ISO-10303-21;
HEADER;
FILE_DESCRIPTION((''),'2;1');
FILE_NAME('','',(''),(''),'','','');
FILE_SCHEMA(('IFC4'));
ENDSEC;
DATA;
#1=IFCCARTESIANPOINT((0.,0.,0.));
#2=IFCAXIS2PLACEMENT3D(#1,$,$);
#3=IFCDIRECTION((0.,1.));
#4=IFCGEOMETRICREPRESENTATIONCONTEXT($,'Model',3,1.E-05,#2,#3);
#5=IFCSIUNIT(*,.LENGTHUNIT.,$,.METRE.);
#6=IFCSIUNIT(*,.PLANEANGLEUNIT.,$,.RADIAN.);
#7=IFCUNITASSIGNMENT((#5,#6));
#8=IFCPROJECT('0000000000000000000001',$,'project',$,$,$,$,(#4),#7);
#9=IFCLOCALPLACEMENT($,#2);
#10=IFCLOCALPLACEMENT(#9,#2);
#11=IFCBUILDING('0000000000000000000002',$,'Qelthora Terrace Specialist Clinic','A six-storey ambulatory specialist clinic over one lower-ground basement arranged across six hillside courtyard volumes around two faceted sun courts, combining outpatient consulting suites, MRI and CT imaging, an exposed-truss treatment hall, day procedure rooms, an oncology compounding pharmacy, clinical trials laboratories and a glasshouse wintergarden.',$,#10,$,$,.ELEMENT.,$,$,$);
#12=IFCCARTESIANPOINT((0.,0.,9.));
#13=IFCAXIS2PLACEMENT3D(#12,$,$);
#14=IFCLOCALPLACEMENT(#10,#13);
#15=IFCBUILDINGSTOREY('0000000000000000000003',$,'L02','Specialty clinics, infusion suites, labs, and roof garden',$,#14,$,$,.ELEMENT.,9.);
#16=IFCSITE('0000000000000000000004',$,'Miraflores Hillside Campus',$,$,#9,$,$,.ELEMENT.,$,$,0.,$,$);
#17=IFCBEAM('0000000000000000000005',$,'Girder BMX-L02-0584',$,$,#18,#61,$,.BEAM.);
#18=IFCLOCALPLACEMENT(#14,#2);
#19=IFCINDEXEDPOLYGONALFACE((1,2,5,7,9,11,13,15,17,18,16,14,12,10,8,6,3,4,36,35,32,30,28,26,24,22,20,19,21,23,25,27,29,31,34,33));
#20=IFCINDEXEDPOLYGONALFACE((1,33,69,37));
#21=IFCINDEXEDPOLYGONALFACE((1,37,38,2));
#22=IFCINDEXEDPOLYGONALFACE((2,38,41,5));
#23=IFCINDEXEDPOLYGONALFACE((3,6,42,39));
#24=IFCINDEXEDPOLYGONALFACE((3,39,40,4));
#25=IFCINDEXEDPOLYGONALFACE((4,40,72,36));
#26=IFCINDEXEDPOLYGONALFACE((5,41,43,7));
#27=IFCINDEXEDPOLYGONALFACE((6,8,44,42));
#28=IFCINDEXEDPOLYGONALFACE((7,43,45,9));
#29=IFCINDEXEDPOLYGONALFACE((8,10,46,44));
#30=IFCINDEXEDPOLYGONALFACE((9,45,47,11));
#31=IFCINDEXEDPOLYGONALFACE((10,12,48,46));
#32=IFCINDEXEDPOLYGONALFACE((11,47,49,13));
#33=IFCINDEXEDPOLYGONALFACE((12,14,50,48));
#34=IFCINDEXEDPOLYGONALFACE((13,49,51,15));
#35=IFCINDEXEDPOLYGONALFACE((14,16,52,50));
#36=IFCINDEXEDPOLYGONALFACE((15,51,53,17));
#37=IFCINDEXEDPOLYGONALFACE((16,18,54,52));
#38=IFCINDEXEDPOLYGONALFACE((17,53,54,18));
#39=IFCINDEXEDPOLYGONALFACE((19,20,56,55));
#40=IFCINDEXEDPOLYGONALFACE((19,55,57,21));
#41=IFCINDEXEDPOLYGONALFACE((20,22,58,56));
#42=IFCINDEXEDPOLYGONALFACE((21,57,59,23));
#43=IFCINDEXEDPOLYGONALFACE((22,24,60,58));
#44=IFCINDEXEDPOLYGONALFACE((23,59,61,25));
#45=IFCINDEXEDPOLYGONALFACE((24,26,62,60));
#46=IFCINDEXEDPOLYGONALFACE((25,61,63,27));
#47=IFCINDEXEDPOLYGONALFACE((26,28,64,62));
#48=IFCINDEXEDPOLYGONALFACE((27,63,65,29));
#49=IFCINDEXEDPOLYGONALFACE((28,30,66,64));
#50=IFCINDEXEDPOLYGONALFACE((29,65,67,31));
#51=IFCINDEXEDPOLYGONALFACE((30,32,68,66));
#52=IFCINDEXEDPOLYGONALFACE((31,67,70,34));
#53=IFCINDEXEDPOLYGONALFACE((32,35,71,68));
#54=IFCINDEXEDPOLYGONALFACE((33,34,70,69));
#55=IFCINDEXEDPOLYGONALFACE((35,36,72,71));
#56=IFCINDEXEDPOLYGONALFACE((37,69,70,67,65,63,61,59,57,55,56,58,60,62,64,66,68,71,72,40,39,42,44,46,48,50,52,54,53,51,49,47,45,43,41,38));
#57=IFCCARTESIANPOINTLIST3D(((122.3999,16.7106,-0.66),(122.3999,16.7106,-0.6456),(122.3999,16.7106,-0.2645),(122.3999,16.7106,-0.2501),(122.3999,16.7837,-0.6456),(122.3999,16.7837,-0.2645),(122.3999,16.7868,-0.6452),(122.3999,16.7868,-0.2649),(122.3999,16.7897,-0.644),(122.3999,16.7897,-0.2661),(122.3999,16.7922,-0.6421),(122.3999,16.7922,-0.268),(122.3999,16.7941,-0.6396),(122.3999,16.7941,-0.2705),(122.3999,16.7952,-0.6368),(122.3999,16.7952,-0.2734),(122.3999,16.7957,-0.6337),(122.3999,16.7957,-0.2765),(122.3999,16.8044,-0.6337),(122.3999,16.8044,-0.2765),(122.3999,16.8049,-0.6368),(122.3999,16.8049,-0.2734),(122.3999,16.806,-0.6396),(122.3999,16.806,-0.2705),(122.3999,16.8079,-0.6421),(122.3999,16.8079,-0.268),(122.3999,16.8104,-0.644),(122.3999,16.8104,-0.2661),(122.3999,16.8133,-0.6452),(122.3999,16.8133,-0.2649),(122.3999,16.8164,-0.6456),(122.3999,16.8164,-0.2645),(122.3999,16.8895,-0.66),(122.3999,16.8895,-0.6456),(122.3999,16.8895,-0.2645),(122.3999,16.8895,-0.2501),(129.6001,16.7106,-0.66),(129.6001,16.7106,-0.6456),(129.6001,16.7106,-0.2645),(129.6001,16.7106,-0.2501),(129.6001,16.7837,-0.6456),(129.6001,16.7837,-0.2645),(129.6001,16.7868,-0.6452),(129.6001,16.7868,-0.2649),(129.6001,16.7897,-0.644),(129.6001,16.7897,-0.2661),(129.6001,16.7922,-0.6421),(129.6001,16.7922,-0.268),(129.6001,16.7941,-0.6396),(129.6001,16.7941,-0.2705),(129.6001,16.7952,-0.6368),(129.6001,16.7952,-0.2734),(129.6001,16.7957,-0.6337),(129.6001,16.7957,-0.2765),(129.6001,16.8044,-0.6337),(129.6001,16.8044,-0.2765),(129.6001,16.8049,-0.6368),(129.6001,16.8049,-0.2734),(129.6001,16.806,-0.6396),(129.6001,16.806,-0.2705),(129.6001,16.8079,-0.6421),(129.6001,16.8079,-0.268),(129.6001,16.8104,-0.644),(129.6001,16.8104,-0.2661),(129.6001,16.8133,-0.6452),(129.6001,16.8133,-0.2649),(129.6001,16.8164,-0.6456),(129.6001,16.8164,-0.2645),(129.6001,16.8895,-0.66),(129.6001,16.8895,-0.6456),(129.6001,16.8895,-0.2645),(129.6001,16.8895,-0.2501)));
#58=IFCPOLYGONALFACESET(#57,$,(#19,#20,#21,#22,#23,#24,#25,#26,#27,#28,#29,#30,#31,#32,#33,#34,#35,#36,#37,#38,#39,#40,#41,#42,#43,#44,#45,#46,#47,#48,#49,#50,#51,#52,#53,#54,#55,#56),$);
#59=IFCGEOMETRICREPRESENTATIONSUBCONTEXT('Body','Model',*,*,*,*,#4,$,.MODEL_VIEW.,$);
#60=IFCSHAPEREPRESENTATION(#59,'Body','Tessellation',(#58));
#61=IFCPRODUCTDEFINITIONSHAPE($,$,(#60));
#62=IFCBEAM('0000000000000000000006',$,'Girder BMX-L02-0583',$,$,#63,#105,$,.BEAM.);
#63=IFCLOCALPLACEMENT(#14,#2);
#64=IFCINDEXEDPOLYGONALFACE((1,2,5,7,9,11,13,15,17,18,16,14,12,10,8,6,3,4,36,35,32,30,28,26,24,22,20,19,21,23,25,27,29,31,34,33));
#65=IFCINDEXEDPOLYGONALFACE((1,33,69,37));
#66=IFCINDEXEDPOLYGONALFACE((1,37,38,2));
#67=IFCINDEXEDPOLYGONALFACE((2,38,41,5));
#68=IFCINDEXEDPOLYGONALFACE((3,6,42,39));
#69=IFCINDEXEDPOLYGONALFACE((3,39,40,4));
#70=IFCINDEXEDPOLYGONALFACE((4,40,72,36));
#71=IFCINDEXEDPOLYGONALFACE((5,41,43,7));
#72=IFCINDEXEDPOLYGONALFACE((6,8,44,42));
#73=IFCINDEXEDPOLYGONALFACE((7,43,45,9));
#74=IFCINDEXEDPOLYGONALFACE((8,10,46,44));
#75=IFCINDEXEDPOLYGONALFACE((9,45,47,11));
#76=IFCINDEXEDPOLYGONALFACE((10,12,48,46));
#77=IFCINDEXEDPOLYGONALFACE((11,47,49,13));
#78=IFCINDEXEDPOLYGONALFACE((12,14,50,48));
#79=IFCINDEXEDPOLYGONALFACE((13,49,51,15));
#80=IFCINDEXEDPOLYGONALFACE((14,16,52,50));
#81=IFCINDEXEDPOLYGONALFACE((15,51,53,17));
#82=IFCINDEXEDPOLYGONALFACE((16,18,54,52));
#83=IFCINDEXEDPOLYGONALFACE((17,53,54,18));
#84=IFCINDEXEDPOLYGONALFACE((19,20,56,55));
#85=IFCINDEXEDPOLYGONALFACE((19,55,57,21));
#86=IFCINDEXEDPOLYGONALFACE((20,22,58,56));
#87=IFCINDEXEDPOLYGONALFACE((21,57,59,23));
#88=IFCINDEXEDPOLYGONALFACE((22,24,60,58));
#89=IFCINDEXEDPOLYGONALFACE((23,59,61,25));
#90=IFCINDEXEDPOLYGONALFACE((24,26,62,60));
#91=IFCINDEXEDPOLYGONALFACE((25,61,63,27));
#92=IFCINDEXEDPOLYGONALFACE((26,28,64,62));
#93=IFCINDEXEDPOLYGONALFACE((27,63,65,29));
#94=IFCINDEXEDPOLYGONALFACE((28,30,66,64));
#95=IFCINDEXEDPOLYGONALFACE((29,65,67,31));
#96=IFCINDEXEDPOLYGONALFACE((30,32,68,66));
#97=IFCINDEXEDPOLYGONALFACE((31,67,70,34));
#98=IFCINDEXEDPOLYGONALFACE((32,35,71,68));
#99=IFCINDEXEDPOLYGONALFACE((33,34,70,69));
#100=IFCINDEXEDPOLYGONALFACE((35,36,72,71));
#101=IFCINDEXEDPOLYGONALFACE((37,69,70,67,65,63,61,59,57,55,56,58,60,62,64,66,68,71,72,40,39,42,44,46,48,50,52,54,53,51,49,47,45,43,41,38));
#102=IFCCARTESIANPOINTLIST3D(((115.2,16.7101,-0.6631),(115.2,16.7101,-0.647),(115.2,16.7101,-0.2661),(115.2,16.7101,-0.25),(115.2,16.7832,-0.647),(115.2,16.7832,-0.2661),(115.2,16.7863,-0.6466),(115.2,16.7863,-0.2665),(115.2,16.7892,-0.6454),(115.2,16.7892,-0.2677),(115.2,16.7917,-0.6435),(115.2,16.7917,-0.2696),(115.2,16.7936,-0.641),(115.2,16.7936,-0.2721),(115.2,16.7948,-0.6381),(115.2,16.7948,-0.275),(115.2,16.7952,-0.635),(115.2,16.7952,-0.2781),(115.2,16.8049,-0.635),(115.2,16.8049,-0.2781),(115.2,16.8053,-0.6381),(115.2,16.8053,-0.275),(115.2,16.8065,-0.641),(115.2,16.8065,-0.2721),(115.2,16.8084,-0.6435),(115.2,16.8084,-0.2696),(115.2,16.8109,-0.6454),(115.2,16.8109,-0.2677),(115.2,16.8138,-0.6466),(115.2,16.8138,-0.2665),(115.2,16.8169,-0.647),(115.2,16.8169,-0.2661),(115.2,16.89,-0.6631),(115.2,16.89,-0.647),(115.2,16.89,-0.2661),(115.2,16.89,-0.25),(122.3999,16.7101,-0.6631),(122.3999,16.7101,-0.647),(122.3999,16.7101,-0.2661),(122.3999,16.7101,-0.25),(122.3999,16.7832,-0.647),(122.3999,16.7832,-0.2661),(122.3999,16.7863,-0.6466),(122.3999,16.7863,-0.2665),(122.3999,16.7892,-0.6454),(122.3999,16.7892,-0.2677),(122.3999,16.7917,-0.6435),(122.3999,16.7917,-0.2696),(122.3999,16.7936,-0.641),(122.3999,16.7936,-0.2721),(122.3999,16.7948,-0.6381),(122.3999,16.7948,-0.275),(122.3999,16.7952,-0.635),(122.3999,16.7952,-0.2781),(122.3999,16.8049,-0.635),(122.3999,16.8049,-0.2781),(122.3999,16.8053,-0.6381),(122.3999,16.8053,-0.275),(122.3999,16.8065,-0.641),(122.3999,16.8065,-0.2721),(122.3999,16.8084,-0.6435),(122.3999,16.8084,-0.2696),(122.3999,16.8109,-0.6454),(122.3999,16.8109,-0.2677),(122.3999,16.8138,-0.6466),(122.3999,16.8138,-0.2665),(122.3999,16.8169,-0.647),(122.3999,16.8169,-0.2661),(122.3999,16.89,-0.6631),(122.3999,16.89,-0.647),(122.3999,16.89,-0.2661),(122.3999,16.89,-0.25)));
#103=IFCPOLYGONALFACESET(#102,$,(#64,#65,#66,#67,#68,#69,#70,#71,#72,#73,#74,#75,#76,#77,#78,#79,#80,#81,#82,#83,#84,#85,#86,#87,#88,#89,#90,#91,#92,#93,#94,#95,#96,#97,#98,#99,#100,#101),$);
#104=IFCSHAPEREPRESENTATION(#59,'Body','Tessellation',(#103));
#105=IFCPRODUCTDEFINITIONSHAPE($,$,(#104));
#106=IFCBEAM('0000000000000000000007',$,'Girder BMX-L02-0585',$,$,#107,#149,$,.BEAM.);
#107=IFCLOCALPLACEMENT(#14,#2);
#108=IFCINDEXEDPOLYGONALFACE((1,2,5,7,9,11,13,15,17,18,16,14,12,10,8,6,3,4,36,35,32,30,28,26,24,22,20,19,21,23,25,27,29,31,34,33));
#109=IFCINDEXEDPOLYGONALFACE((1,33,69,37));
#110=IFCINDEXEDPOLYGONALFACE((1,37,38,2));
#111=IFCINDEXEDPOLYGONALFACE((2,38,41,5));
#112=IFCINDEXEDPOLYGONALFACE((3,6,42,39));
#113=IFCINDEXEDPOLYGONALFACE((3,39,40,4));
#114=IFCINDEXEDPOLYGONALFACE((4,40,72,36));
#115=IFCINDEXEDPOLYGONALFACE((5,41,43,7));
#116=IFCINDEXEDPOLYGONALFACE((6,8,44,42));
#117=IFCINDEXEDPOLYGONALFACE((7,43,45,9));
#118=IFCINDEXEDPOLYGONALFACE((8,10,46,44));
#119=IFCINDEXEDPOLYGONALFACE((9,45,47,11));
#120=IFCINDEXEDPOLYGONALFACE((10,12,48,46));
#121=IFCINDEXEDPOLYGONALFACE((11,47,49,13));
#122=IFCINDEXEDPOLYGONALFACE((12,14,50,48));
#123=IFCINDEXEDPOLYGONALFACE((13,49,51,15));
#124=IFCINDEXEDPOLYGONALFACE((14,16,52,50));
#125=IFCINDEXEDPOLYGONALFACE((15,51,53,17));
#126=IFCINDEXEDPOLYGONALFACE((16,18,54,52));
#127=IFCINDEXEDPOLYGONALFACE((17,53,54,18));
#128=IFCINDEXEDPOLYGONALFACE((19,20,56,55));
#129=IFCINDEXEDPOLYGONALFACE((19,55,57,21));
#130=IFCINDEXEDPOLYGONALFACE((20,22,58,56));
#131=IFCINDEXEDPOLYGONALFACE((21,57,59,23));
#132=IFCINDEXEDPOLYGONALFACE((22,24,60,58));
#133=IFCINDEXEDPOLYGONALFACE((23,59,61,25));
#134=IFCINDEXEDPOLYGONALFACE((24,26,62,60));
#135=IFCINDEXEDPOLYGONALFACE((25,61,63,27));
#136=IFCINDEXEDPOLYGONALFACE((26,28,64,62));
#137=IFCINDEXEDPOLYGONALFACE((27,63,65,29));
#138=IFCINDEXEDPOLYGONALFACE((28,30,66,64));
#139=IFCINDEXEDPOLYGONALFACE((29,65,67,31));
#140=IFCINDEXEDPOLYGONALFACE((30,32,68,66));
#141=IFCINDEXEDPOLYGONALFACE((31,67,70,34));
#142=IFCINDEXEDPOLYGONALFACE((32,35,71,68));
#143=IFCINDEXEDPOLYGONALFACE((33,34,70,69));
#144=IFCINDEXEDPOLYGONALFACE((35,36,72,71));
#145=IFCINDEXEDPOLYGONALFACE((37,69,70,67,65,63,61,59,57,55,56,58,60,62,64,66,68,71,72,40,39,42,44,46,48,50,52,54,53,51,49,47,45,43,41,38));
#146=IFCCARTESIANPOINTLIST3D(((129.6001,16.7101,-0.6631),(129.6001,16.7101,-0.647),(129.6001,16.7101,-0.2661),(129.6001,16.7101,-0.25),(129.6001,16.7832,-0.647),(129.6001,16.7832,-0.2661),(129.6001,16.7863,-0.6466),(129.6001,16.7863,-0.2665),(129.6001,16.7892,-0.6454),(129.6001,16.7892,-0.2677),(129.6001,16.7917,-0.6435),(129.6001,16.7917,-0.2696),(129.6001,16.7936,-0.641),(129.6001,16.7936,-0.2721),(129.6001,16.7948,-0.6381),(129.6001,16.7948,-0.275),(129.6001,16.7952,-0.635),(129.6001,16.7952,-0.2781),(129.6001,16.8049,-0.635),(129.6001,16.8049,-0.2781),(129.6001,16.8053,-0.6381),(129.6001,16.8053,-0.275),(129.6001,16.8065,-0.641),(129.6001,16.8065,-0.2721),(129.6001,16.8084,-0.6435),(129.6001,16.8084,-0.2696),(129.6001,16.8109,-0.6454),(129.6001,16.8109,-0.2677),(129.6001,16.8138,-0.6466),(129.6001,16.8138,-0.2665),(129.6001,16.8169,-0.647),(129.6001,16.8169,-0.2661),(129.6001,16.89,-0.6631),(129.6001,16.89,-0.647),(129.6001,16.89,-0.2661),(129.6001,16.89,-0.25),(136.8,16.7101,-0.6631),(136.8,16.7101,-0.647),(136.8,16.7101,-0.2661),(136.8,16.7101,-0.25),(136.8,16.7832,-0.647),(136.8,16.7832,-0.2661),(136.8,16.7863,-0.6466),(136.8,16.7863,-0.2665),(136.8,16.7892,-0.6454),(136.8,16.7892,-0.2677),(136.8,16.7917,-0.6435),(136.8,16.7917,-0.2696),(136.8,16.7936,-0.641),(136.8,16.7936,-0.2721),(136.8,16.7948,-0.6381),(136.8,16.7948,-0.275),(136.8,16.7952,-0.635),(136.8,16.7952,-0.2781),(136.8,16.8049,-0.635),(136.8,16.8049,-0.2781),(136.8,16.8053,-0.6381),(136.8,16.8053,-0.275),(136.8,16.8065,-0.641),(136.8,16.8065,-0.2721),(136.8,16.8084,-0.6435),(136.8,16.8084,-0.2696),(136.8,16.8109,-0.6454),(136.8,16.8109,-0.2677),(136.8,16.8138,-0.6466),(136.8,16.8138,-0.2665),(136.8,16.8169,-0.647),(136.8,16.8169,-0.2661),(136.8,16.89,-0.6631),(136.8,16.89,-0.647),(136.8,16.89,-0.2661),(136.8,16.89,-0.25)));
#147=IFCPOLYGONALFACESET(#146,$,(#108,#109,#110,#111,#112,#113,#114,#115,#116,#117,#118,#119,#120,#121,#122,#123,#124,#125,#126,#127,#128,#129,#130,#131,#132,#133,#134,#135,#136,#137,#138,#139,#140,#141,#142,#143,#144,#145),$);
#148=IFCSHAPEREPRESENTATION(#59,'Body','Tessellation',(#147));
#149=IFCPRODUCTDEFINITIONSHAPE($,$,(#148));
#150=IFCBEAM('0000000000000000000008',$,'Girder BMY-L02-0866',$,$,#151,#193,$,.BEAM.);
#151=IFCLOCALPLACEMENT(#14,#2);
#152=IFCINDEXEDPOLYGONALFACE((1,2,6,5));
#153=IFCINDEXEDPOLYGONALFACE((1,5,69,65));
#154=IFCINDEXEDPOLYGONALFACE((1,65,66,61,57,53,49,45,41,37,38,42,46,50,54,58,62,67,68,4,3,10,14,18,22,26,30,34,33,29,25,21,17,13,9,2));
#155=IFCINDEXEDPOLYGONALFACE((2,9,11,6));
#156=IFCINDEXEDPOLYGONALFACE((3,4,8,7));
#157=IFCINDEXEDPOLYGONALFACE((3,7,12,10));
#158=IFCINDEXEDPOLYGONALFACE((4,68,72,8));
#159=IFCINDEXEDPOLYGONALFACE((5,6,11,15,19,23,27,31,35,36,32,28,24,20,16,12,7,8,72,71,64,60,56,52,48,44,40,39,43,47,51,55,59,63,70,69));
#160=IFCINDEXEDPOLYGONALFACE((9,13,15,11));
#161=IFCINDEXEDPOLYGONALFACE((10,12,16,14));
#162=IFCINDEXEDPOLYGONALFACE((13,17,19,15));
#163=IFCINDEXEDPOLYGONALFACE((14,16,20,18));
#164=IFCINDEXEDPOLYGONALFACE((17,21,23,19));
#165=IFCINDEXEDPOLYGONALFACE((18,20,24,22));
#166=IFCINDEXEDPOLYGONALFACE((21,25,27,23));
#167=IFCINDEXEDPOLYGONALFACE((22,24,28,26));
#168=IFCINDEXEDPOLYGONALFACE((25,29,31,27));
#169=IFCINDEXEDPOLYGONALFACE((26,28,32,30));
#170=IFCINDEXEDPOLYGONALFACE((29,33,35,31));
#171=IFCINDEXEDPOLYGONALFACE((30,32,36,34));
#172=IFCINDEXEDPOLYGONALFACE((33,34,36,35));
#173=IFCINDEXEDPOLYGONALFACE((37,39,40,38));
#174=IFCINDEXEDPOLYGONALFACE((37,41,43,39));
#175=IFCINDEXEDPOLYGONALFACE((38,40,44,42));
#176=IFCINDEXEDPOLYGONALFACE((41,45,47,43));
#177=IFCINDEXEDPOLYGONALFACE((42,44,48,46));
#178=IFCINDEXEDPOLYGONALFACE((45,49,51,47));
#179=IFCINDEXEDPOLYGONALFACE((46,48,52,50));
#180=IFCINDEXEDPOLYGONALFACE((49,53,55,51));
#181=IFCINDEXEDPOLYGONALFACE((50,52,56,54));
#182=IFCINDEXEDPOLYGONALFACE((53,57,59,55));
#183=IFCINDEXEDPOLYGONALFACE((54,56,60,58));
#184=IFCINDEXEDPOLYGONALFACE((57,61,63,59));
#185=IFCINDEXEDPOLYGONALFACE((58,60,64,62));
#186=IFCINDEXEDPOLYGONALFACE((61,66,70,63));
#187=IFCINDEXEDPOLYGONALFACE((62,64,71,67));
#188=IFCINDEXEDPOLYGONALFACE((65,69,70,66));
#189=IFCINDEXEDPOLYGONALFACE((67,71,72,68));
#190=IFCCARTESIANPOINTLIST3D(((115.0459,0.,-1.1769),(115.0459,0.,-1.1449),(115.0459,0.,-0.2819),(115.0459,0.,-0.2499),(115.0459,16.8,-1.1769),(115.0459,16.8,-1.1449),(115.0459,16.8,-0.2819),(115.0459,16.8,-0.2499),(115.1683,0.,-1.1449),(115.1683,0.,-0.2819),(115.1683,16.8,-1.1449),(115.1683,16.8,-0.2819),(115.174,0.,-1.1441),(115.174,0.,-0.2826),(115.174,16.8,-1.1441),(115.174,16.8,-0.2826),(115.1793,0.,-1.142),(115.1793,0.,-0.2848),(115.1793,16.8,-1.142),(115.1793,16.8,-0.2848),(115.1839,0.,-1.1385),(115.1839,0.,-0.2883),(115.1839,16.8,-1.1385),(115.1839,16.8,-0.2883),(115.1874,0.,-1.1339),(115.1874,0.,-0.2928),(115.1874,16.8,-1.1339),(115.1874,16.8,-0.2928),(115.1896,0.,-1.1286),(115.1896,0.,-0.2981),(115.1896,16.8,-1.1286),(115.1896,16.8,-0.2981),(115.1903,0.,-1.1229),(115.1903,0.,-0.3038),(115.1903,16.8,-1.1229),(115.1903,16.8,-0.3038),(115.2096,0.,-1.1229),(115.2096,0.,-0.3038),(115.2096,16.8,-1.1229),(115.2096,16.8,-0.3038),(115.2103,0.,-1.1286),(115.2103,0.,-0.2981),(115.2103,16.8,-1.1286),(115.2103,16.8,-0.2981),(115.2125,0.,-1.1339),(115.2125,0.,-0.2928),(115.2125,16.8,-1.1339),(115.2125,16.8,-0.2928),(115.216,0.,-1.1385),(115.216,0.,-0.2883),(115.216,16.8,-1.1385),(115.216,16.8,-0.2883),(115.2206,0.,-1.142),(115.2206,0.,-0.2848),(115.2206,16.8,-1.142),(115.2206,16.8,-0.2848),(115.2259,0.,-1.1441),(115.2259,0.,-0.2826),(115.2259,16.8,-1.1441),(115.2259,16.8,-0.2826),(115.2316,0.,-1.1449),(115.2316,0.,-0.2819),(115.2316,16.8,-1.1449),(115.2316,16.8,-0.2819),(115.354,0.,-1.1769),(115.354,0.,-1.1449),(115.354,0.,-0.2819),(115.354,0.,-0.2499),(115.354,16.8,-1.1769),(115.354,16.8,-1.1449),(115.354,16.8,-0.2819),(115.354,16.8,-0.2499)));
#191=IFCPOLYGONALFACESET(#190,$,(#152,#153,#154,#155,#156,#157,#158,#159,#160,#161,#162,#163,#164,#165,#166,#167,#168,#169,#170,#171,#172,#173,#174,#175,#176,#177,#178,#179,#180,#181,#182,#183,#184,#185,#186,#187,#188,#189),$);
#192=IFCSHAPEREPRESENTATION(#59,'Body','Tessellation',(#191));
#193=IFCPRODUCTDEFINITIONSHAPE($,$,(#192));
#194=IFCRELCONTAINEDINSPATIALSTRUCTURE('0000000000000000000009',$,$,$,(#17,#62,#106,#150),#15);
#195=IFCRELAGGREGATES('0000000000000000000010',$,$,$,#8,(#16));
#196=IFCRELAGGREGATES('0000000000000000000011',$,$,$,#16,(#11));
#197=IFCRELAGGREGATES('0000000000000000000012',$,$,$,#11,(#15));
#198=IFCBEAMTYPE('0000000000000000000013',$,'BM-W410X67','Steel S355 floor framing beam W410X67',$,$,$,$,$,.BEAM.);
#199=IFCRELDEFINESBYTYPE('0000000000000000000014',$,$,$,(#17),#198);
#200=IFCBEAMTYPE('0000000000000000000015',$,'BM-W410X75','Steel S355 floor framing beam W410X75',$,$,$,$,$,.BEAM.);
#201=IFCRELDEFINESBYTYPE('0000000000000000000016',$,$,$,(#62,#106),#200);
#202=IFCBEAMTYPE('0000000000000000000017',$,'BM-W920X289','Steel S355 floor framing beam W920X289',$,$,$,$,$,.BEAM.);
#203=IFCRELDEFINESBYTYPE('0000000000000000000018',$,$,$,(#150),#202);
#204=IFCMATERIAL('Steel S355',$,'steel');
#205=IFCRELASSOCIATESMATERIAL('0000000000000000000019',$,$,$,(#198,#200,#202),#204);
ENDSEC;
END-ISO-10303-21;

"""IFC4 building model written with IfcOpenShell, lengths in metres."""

from ifc_helpers import new_model, si_unit, direction, frame, origin, origin_2d, place, context, subcontext, project, spatial, i_section, extrude, material, material_profile, profile_set, type_object, element, save


model = new_model("IFC4")

# Units and contexts
model_context = context("Model", 3, precision=1e-05, world=origin(), true_north=direction((0.0, 1.0)))
body_context = subcontext(model_context, "Body", "Model", "MODEL_VIEW")
ifc_project = project(units=[si_unit("LENGTHUNIT", "METRE"), si_unit("PLANEANGLEUNIT", "RADIAN")], contexts=[model_context])

# Site, building, storey
site_placement = place(None, origin())
site = spatial("IfcSite", under=ifc_project, at=site_placement, Name="Miraflores Hillside Campus", CompositionType="ELEMENT", RefElevation=0.0)
building_placement = place(site_placement, origin())
building = spatial("IfcBuilding", under=site, at=building_placement, Name="Qelthora Terrace Specialist Clinic", Description="A six-storey ambulatory specialist clinic over one lower-ground basement arranged across six hillside courtyard volumes around two faceted sun courts, combining outpatient consulting suites, MRI and CT imaging, an exposed-truss treatment hall, day procedure rooms, an oncology compounding pharmacy, clinical trials laboratories and a glasshouse wintergarden.", CompositionType="ELEMENT")
storey_placement = place(building_placement, frame((0.0, 0.0, 9.0)))
storey = spatial("IfcBuildingStorey", under=building, at=storey_placement, Name="L02", Description="Specialty clinics, infusion suites, labs, and roof garden", CompositionType="ELEMENT", Elevation=9.0)

# Beams
ifc_material_1 = material(Name="Steel S355", Category="steel")
ifc_material_profile_1 = material_profile(ifc_material_1, i_section(OverallWidth=0.179, OverallDepth=0.4099, WebThickness=0.0088, FlangeThickness=0.0144, FilletRadius=0.012, at=origin_2d()), Name="W410X67")
ifc_profile_set_1 = profile_set([ifc_material_profile_1], Name="Steel S355")
beam_type_1 = type_object("IfcBeamType", Name="BM-W410X67", Description="Steel S355 floor framing beam W410X67", PredefinedType="BEAM", material=ifc_profile_set_1)
beam_1_placement = place(storey_placement, frame((122.3999, 16.8, -0.4551), z_axis=(1.0, 0.0, 0.0), x_axis=(0.0, 1.0, 0.0)))
element("IfcBeam", 1, at=beam_1_placement, inside=storey, type_object=beam_type_1, Name="Girder BMX-L02-0584", PredefinedType="BEAM", context=body_context, shape_type="SweptSolid", body=[
    extrude(i_section(OverallWidth=0.179, OverallDepth=0.4099, WebThickness=0.0088, FlangeThickness=0.0144, FilletRadius=0.012, at=origin_2d()), origin(), (0.0, 0.0, 1.0), 7.2002),
])
ifc_material_profile_2 = material_profile(ifc_material_1, i_section(OverallWidth=0.1799, OverallDepth=0.4131, WebThickness=0.0098, FlangeThickness=0.0161, FilletRadius=0.012, at=origin_2d()), Name="W410X75")
ifc_profile_set_2 = profile_set([ifc_material_profile_2], Name="Steel S355")
beam_type_2 = type_object("IfcBeamType", Name="BM-W410X75", Description="Steel S355 floor framing beam W410X75", PredefinedType="BEAM", material=ifc_profile_set_2)
for number, where, z_axis, x_axis, name in (
    (2, (115.2, 16.8, -0.4565), (1.0, 0.0, 0.0), (0.0, 1.0, 0.0), "Girder BMX-L02-0583"),
    (3, (129.6001, 16.8, -0.4565), (1.0, 0.0, 0.0), (0.0, 1.0, 0.0), "Girder BMX-L02-0585"),
):
    element("IfcBeam", number, at=place(storey_placement, frame(where, z_axis=z_axis, x_axis=x_axis)), inside=storey, type_object=beam_type_2, Name=name, PredefinedType="BEAM", context=body_context, shape_type="SweptSolid", body=[
        extrude(i_section(OverallWidth=0.1799, OverallDepth=0.4131, WebThickness=0.0098, FlangeThickness=0.0161, FilletRadius=0.012, at=origin_2d()), origin(), (0.0, 0.0, 1.0), 7.2),
    ])
ifc_material_profile_3 = material_profile(ifc_material_1, i_section(OverallWidth=0.3081, OverallDepth=0.927, WebThickness=0.0193, FlangeThickness=0.032, FilletRadius=0.022, at=origin_2d()), Name="W920X289")
ifc_profile_set_3 = profile_set([ifc_material_profile_3], Name="Steel S355")
beam_type_3 = type_object("IfcBeamType", Name="BM-W920X289", Description="Steel S355 floor framing beam W920X289", PredefinedType="BEAM", material=ifc_profile_set_3)
for number, where, z_axis, x_axis, name in (
    (4, (115.2, 0.0, -0.7134), (0.0, 1.0, 0.0), (-1.0, 0.0, 0.0), "Girder BMY-L02-0866"),
):
    element("IfcBeam", number, at=place(storey_placement, frame(where, z_axis=z_axis, x_axis=x_axis)), inside=storey, type_object=beam_type_3, Name=name, PredefinedType="BEAM", context=body_context, shape_type="SweptSolid", body=[
        extrude(i_section(OverallWidth=0.3081, OverallDepth=0.927, WebThickness=0.0193, FlangeThickness=0.032, FilletRadius=0.022, at=origin_2d()), origin(), (0.0, 0.0, 1.0), 16.8),
    ])

save(model, "model.ifc")
